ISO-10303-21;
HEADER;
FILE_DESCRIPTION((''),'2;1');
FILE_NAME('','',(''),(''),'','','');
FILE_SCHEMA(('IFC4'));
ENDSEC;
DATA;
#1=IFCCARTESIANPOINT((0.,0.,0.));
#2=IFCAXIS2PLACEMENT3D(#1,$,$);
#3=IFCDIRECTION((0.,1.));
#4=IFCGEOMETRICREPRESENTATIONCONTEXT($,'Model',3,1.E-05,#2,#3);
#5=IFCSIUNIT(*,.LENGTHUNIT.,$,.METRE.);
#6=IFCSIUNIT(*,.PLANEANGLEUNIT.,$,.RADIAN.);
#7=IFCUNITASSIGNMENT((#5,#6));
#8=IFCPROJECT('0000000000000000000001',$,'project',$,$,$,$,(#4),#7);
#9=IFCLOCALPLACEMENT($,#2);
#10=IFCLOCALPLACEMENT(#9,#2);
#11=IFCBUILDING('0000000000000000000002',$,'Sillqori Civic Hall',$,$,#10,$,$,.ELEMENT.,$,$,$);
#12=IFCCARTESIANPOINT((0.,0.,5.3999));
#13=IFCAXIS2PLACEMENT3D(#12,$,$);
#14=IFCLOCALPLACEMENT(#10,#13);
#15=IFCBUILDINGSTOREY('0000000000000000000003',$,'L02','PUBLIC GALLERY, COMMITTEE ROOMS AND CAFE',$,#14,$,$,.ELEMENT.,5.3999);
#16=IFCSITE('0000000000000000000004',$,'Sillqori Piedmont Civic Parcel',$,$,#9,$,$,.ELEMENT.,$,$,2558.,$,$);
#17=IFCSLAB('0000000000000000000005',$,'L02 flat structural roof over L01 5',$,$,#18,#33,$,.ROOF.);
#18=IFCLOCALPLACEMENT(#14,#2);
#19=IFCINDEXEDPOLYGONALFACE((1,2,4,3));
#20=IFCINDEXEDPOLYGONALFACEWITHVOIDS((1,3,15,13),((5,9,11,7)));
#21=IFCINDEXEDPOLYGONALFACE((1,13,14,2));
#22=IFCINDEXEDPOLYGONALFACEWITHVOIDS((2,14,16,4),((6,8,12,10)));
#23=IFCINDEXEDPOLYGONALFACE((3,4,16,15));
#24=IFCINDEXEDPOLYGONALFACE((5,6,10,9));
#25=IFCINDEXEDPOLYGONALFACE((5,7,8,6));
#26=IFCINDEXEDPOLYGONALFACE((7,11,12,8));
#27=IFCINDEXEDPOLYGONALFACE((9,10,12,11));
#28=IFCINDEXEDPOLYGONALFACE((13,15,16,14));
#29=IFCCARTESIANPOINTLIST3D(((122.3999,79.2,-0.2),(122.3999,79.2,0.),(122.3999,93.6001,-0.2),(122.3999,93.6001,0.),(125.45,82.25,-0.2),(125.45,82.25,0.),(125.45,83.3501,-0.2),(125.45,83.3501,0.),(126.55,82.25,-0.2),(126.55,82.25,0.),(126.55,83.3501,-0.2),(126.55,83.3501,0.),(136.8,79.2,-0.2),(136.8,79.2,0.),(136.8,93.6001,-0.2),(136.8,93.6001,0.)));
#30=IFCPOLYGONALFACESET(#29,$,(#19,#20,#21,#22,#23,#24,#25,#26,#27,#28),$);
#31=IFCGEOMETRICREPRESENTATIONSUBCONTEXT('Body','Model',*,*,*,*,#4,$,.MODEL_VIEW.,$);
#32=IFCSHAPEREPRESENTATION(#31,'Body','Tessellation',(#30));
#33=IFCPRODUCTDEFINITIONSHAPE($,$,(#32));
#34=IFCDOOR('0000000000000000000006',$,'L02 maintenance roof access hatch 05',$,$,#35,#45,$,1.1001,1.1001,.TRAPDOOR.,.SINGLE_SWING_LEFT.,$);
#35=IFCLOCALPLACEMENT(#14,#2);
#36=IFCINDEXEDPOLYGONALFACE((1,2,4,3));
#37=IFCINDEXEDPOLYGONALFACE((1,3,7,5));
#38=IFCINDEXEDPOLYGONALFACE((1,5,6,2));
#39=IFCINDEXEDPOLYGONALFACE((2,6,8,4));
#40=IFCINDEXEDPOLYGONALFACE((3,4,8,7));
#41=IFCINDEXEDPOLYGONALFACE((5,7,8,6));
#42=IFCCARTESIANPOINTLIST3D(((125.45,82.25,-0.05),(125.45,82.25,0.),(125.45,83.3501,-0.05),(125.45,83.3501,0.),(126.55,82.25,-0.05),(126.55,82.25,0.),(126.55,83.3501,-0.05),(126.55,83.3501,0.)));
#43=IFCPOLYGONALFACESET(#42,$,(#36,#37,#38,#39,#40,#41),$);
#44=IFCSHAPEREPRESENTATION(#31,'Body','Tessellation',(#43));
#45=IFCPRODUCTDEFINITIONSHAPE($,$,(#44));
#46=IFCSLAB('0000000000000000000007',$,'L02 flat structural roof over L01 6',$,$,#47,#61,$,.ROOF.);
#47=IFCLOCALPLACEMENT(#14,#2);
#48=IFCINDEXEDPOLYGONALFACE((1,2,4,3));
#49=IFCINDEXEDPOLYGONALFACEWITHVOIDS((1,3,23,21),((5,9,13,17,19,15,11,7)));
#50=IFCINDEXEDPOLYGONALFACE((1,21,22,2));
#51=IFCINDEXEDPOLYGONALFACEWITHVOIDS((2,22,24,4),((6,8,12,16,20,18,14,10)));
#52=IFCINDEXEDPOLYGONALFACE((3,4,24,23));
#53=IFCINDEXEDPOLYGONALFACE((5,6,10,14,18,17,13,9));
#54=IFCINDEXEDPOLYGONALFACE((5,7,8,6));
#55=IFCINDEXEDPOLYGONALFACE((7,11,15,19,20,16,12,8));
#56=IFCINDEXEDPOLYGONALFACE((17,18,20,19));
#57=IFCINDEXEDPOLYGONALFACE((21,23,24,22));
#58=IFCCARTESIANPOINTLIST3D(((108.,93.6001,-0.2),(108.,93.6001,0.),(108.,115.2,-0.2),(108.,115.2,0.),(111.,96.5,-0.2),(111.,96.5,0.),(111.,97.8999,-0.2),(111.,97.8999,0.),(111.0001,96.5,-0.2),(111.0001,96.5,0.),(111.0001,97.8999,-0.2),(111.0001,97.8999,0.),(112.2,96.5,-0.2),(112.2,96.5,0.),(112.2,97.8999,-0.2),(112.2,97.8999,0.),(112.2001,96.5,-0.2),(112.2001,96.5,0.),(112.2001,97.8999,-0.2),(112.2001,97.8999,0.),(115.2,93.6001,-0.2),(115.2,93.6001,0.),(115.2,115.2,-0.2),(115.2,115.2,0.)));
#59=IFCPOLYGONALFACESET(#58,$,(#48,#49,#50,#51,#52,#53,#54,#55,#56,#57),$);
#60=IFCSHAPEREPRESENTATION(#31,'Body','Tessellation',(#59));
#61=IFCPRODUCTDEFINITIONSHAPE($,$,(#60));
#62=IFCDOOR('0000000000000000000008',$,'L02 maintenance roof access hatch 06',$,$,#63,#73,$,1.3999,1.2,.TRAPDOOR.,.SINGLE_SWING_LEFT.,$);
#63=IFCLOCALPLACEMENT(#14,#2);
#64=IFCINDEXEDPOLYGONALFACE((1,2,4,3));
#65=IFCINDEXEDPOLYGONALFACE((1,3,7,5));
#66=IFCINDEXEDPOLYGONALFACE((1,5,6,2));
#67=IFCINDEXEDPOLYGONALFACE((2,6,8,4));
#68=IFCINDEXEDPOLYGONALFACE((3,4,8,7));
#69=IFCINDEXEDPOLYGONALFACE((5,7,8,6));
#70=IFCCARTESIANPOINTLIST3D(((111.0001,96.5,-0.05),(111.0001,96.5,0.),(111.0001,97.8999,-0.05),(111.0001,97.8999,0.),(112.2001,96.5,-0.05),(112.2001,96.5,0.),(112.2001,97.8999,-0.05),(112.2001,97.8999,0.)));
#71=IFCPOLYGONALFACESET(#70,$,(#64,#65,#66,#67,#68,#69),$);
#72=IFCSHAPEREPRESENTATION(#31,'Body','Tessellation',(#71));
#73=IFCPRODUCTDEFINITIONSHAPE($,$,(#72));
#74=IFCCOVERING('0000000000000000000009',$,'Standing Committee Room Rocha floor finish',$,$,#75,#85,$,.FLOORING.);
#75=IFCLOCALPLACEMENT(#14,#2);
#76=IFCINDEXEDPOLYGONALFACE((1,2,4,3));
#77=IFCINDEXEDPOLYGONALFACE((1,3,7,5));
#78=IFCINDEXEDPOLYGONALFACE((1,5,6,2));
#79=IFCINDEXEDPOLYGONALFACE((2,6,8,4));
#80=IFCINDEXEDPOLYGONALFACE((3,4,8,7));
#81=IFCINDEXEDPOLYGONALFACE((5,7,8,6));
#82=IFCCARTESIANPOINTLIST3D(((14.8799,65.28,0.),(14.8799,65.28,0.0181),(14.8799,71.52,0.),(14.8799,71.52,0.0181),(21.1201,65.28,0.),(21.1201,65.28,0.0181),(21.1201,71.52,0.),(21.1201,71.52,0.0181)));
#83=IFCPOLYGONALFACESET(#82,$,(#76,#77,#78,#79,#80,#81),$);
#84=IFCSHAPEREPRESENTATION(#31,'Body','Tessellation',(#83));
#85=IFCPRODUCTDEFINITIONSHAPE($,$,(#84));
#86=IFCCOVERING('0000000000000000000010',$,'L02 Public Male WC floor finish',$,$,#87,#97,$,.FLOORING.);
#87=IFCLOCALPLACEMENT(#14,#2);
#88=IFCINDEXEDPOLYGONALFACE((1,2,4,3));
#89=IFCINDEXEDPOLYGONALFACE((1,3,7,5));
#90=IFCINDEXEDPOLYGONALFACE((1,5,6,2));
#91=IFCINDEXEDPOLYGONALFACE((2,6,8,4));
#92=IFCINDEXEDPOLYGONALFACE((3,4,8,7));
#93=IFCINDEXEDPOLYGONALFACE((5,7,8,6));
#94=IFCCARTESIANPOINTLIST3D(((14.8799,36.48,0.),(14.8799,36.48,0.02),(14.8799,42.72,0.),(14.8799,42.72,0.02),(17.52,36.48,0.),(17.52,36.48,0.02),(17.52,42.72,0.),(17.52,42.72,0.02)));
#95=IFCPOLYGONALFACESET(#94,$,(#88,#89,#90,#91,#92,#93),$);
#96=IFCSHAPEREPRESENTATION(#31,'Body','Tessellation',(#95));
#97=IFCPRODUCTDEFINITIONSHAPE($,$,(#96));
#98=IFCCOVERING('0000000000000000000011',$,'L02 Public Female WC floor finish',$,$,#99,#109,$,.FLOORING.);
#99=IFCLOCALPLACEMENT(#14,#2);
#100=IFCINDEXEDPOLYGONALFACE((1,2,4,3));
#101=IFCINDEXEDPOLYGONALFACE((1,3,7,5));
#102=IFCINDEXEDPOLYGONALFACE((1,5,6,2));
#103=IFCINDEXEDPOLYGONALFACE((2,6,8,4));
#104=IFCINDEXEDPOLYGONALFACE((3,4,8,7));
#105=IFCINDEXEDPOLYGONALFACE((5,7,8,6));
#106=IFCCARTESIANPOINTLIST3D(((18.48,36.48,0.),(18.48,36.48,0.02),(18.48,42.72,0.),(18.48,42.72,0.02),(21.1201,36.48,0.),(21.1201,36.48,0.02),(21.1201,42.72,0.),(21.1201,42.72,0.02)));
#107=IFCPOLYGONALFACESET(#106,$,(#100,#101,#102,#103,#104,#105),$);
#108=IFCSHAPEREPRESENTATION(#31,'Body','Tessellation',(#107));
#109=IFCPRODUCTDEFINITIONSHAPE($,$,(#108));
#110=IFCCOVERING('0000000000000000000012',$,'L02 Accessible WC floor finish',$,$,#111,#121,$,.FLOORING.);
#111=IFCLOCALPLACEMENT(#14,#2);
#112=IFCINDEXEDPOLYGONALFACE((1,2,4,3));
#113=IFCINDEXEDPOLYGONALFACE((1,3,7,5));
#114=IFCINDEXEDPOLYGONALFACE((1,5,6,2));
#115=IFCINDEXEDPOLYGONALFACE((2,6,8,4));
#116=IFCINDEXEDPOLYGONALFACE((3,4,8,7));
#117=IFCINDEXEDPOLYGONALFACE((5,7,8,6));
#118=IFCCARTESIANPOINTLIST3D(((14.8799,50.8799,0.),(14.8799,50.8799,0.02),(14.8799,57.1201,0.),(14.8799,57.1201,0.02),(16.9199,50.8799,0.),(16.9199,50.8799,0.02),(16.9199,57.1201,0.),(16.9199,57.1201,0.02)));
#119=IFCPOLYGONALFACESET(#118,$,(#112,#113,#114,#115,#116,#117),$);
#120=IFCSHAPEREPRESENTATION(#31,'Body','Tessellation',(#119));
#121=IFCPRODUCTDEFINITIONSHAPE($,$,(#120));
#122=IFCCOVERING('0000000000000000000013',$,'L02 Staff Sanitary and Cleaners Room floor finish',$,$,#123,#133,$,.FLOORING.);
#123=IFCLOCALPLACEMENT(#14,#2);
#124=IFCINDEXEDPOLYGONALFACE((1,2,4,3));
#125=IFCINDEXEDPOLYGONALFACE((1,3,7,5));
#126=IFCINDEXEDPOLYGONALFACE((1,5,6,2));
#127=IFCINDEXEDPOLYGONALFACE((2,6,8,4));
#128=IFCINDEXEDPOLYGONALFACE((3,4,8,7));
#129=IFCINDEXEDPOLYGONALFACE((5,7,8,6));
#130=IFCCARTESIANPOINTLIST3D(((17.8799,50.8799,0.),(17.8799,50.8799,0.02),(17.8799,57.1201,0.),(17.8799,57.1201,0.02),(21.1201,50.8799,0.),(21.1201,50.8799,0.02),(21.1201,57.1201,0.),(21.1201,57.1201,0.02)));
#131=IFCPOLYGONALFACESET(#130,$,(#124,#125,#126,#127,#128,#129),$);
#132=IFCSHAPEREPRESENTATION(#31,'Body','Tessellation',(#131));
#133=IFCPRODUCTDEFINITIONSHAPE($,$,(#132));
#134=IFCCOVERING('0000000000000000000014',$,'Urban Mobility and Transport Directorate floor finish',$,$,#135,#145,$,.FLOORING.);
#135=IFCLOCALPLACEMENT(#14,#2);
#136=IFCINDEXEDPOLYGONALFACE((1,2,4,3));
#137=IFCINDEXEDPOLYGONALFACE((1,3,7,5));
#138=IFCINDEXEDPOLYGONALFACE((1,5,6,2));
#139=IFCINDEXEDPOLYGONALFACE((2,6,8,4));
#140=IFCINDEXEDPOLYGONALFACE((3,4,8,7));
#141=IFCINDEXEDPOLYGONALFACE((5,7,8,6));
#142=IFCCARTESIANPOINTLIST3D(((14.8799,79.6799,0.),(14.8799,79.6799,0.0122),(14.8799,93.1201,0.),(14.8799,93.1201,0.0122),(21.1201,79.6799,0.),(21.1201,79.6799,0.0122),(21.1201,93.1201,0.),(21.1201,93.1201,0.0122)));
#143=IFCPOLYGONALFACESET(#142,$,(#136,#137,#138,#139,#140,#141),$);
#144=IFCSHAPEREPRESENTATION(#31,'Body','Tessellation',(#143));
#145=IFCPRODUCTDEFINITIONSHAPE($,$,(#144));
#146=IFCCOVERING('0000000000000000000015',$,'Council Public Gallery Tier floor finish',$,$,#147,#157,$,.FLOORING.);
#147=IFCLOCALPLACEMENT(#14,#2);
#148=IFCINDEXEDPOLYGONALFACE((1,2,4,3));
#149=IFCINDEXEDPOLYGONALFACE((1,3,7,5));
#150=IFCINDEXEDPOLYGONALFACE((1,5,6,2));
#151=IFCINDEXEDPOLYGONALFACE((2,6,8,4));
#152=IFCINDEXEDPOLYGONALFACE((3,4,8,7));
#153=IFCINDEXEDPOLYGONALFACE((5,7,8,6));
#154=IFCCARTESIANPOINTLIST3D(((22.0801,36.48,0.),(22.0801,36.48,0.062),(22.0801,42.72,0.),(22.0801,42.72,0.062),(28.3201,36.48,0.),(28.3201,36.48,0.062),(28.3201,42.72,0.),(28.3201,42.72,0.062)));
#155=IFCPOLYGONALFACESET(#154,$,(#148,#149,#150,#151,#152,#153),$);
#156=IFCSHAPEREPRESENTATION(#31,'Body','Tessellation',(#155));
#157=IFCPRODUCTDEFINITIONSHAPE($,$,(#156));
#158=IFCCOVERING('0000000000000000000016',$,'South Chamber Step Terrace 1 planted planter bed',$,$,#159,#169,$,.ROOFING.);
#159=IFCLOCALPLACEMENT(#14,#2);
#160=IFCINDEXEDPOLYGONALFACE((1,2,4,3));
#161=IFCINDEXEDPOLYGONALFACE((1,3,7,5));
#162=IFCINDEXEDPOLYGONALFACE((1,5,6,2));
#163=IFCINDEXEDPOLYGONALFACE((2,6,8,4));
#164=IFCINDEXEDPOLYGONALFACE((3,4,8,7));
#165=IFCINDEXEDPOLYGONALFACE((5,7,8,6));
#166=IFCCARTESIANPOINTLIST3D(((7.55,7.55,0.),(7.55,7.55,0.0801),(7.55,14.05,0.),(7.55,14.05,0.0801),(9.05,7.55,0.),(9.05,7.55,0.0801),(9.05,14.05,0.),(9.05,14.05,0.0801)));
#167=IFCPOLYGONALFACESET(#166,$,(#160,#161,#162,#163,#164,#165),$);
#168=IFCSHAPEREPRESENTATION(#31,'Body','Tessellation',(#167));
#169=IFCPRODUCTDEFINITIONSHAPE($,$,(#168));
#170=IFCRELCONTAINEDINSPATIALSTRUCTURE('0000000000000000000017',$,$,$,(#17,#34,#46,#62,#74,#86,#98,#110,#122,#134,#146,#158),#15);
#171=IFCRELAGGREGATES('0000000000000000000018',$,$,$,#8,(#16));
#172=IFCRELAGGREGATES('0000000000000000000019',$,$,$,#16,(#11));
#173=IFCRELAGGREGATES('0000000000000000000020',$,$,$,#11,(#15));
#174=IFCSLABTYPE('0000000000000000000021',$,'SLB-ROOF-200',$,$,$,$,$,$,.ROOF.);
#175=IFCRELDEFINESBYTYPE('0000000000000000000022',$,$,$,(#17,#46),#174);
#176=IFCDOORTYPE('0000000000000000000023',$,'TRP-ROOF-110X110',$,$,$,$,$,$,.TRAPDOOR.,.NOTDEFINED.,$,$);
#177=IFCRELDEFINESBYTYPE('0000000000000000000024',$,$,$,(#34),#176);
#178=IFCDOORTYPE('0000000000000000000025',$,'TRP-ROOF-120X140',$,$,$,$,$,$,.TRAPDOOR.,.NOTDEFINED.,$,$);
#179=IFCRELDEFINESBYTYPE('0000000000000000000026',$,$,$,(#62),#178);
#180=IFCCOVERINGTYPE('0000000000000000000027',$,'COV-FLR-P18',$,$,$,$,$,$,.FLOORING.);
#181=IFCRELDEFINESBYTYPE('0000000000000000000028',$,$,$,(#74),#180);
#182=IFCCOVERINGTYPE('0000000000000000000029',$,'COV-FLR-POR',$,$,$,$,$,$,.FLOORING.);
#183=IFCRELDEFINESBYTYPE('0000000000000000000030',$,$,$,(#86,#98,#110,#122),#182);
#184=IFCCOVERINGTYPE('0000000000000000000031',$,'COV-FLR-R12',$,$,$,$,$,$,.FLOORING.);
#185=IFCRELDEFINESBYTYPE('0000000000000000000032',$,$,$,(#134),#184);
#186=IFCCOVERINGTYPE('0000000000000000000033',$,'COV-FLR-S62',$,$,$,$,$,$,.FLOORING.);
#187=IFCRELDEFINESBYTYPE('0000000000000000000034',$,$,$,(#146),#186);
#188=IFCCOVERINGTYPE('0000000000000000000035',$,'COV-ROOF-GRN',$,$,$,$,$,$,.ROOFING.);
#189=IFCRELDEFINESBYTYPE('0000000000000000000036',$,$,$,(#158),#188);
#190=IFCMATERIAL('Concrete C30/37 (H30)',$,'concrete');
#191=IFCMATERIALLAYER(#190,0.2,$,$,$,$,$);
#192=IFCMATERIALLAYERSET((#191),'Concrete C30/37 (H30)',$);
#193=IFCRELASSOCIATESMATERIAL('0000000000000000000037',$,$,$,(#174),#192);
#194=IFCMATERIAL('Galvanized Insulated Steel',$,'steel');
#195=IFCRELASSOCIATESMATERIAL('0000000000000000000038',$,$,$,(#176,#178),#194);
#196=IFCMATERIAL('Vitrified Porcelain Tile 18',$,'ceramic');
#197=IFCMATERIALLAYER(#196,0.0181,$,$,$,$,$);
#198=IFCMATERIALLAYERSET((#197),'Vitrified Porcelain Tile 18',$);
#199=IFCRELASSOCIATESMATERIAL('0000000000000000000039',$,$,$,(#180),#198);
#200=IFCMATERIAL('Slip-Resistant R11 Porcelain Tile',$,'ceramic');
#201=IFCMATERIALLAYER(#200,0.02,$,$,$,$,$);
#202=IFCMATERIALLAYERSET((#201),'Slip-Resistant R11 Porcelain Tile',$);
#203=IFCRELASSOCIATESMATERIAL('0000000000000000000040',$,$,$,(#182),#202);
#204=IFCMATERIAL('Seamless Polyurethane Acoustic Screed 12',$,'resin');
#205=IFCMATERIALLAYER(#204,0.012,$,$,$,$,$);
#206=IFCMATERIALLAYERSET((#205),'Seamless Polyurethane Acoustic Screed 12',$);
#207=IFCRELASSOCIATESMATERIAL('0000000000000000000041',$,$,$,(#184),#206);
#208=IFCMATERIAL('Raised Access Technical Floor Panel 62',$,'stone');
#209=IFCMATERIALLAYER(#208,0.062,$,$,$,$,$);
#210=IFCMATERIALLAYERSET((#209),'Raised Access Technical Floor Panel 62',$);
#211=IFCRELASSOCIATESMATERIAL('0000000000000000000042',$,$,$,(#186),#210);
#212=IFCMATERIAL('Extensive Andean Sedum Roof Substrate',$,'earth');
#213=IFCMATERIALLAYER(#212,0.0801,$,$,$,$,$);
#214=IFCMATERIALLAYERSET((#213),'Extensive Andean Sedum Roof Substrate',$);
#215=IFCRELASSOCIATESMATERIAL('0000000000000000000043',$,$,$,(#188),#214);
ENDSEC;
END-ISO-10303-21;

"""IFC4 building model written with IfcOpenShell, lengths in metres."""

from ifc_helpers import new_model, si_unit, direction, frame, origin, origin_2d, place, context, subcontext, project, spatial, polyline, rectangle, outline, extrude, material, layer, layer_set, type_object, element, fill, save


model = new_model("IFC4")

# Units and contexts
model_context = context("Model", 3, precision=1e-05, world=origin(), true_north=direction((0.0, 1.0)))
body_context = subcontext(model_context, "Body", "Model", "MODEL_VIEW")
ifc_project = project(units=[si_unit("LENGTHUNIT", "METRE"), si_unit("PLANEANGLEUNIT", "RADIAN")], contexts=[model_context])

# Site, building, storey
site_placement = place(None, origin())
site = spatial("IfcSite", under=ifc_project, at=site_placement, Name="Sillqori Piedmont Civic Parcel", CompositionType="ELEMENT", RefElevation=2558.0)
building_placement = place(site_placement, origin())
building = spatial("IfcBuilding", under=site, at=building_placement, Name="Sillqori Civic Hall", CompositionType="ELEMENT")
storey_placement = place(building_placement, frame((0.0, 0.0, 5.3999)))
storey = spatial("IfcBuildingStorey", under=building, at=storey_placement, Name="L02", Description="PUBLIC GALLERY, COMMITTEE ROOMS AND CAFE", CompositionType="ELEMENT", Elevation=5.3999)

# Slabs, openings, doors
ifc_material_1 = material(Name="Concrete C30/37 (H30)", Category="concrete")
ifc_layer_1 = layer(ifc_material_1, 0.2)
ifc_layer_set_1 = layer_set([ifc_layer_1], Name="Concrete C30/37 (H30)")
slab_type = type_object("IfcSlabType", Name="SLB-ROOF-200", PredefinedType="ROOF", material=ifc_layer_set_1)
slab_1_placement = place(storey_placement, frame((0.0, 0.0, -0.2)))
slab_1 = element("IfcSlab", 1, at=slab_1_placement, inside=storey, type_object=slab_type, Name="L02 flat structural roof over L01 5", PredefinedType="ROOF", context=body_context, shape_type="SweptSolid", body=[
    extrude(outline(polyline([(129.6001, 93.6001), (136.8, 93.6001), (136.8, 86.3999), (136.8, 79.2), (129.6001, 79.2), (122.3999, 79.2), (122.3999, 86.3999), (122.3999, 93.6001), (129.6001, 93.6001)]), holes=[polyline([(125.45, 82.25), (125.45, 83.3501), (126.55, 83.3501), (126.55, 82.25), (125.45, 82.25)])]), origin(), (0.0, 0.0, 1.0), 0.2),
])
opening_1_placement = place(slab_1_placement, frame((126.0, 82.8, 0.0)))
opening_1 = element("IfcOpeningElement", 2, at=opening_1_placement, cuts=slab_1, PredefinedType="OPENING", context=body_context, shape_type="SweptSolid", body=[
    extrude(rectangle(XDim=1.1001, YDim=1.1001, at=origin_2d()), frame((0.0, 0.0, -0.01)), (0.0, 0.0, 1.0), 0.22),
])
ifc_material_2 = material(Name="Galvanized Insulated Steel", Category="steel")
door_type_1 = type_object("IfcDoorType", Name="TRP-ROOF-110X110", OperationType="NOTDEFINED", PredefinedType="TRAPDOOR", material=ifc_material_2)
door_1_placement = place(opening_1_placement, frame((0.0, 0.0, 0.1499)))
door_1 = element("IfcDoor", 3, at=door_1_placement, inside=storey, type_object=door_type_1, Name="L02 maintenance roof access hatch 05", OperationType="SINGLE_SWING_LEFT", OverallHeight=1.1001, OverallWidth=1.1001, PredefinedType="TRAPDOOR", context=body_context, shape_type="SweptSolid", body=[
    extrude(rectangle(XDim=1.1001, YDim=1.1001, at=origin_2d()), origin(), (0.0, 0.0, 1.0), 0.05),
])
fill(opening_1, door_1)
slab_2_placement = place(storey_placement, frame((0.0, 0.0, -0.2)))
slab_2 = element("IfcSlab", 4, at=slab_2_placement, inside=storey, type_object=slab_type, Name="L02 flat structural roof over L01 6", PredefinedType="ROOF", context=body_context, shape_type="SweptSolid", body=[
    extrude(outline(polyline([(115.2, 115.2), (115.2, 108.0), (115.2, 100.8), (115.2, 93.6001), (108.0, 93.6001), (108.0, 100.8), (108.0, 108.0), (108.0, 115.2), (115.2, 115.2)]), holes=[polyline([(111.0, 96.5), (111.0, 97.8999), (112.2, 97.8999), (112.2, 96.5), (111.0, 96.5)])]), origin(), (0.0, 0.0, 1.0), 0.2),
])
opening_2_placement = place(slab_2_placement, frame((111.6001, 97.2, 0.0)))
opening_2 = element("IfcOpeningElement", 5, at=opening_2_placement, cuts=slab_2, PredefinedType="OPENING", context=body_context, shape_type="SweptSolid", body=[
    extrude(rectangle(XDim=1.2, YDim=1.3999, at=origin_2d()), frame((0.0, 0.0, -0.01)), (0.0, 0.0, 1.0), 0.22),
])
door_type_2 = type_object("IfcDoorType", Name="TRP-ROOF-120X140", OperationType="NOTDEFINED", PredefinedType="TRAPDOOR", material=ifc_material_2)
door_2_placement = place(opening_2_placement, frame((0.0, 0.0, 0.1499)))
door_2 = element("IfcDoor", 6, at=door_2_placement, inside=storey, type_object=door_type_2, Name="L02 maintenance roof access hatch 06", OperationType="SINGLE_SWING_LEFT", OverallHeight=1.3999, OverallWidth=1.2, PredefinedType="TRAPDOOR", context=body_context, shape_type="SweptSolid", body=[
    extrude(rectangle(XDim=1.2, YDim=1.3999, at=origin_2d()), origin(), (0.0, 0.0, 1.0), 0.05),
])
fill(opening_2, door_2)

# Coverings
ifc_material_3 = material(Name="Vitrified Porcelain Tile 18", Category="ceramic")
ifc_layer_2 = layer(ifc_material_3, 0.0181)
ifc_layer_set_2 = layer_set([ifc_layer_2], Name="Vitrified Porcelain Tile 18")
covering_type_1 = type_object("IfcCoveringType", Name="COV-FLR-P18", PredefinedType="FLOORING", material=ifc_layer_set_2)
covering_1_placement = place(storey_placement, origin())
element("IfcCovering", 7, at=covering_1_placement, inside=storey, type_object=covering_type_1, Name="Standing Committee Room Rocha floor finish", PredefinedType="FLOORING", context=body_context, shape_type="SweptSolid", body=[
    extrude(outline(polyline([(14.8799, 65.28), (21.1201, 65.28), (21.1201, 71.52), (14.8799, 71.52), (14.8799, 65.28)])), origin(), (0.0, 0.0, 1.0), 0.0181),
])
ifc_material_4 = material(Name="Slip-Resistant R11 Porcelain Tile", Category="ceramic")
ifc_layer_3 = layer(ifc_material_4, 0.02)
ifc_layer_set_3 = layer_set([ifc_layer_3], Name="Slip-Resistant R11 Porcelain Tile")
covering_type_2 = type_object("IfcCoveringType", Name="COV-FLR-POR", PredefinedType="FLOORING", material=ifc_layer_set_3)
covering_2_placement = place(storey_placement, origin())
element("IfcCovering", 8, at=covering_2_placement, inside=storey, type_object=covering_type_2, Name="L02 Public Male WC floor finish", PredefinedType="FLOORING", context=body_context, shape_type="SweptSolid", body=[
    extrude(outline(polyline([(14.8799, 36.48), (17.52, 36.48), (17.52, 42.72), (14.8799, 42.72), (14.8799, 36.48)])), origin(), (0.0, 0.0, 1.0), 0.02),
])
covering_3_placement = place(storey_placement, origin())
element("IfcCovering", 9, at=covering_3_placement, inside=storey, type_object=covering_type_2, Name="L02 Public Female WC floor finish", PredefinedType="FLOORING", context=body_context, shape_type="SweptSolid", body=[
    extrude(outline(polyline([(18.48, 36.48), (21.1201, 36.48), (21.1201, 42.72), (18.48, 42.72), (18.48, 36.48)])), origin(), (0.0, 0.0, 1.0), 0.02),
])
covering_4_placement = place(storey_placement, origin())
element("IfcCovering", 10, at=covering_4_placement, inside=storey, type_object=covering_type_2, Name="L02 Accessible WC floor finish", PredefinedType="FLOORING", context=body_context, shape_type="SweptSolid", body=[
    extrude(outline(polyline([(14.8799, 50.8799), (16.9199, 50.8799), (16.9199, 57.1201), (14.8799, 57.1201), (14.8799, 50.8799)])), origin(), (0.0, 0.0, 1.0), 0.02),
])
covering_5_placement = place(storey_placement, origin())
element("IfcCovering", 11, at=covering_5_placement, inside=storey, type_object=covering_type_2, Name="L02 Staff Sanitary and Cleaners Room floor finish", PredefinedType="FLOORING", context=body_context, shape_type="SweptSolid", body=[
    extrude(outline(polyline([(17.8799, 50.8799), (21.1201, 50.8799), (21.1201, 57.1201), (17.8799, 57.1201), (17.8799, 50.8799)])), origin(), (0.0, 0.0, 1.0), 0.02),
])
ifc_material_5 = material(Name="Seamless Polyurethane Acoustic Screed 12", Category="resin")
ifc_layer_4 = layer(ifc_material_5, 0.012)
ifc_layer_set_4 = layer_set([ifc_layer_4], Name="Seamless Polyurethane Acoustic Screed 12")
covering_type_3 = type_object("IfcCoveringType", Name="COV-FLR-R12", PredefinedType="FLOORING", material=ifc_layer_set_4)
covering_6_placement = place(storey_placement, origin())
element("IfcCovering", 12, at=covering_6_placement, inside=storey, type_object=covering_type_3, Name="Urban Mobility and Transport Directorate floor finish", PredefinedType="FLOORING", context=body_context, shape_type="SweptSolid", body=[
    extrude(outline(polyline([(14.8799, 79.6799), (21.1201, 79.6799), (21.1201, 93.1201), (14.8799, 93.1201), (14.8799, 79.6799)])), origin(), (0.0, 0.0, 1.0), 0.0122),
])
ifc_material_6 = material(Name="Raised Access Technical Floor Panel 62", Category="stone")
ifc_layer_5 = layer(ifc_material_6, 0.062)
ifc_layer_set_5 = layer_set([ifc_layer_5], Name="Raised Access Technical Floor Panel 62")
covering_type_4 = type_object("IfcCoveringType", Name="COV-FLR-S62", PredefinedType="FLOORING", material=ifc_layer_set_5)
covering_7_placement = place(storey_placement, origin())
element("IfcCovering", 13, at=covering_7_placement, inside=storey, type_object=covering_type_4, Name="Council Public Gallery Tier floor finish", PredefinedType="FLOORING", context=body_context, shape_type="SweptSolid", body=[
    extrude(outline(polyline([(22.0801, 36.48), (28.3201, 36.48), (28.3201, 42.72), (22.0801, 42.72), (22.0801, 36.48)])), origin(), (0.0, 0.0, 1.0), 0.062),
])
ifc_material_7 = material(Name="Extensive Andean Sedum Roof Substrate", Category="earth")
ifc_layer_6 = layer(ifc_material_7, 0.0801)
ifc_layer_set_6 = layer_set([ifc_layer_6], Name="Extensive Andean Sedum Roof Substrate")
covering_type_5 = type_object("IfcCoveringType", Name="COV-ROOF-GRN", PredefinedType="ROOFING", material=ifc_layer_set_6)
covering_8_placement = place(storey_placement, origin())
element("IfcCovering", 14, at=covering_8_placement, inside=storey, type_object=covering_type_5, Name="South Chamber Step Terrace 1 planted planter bed", PredefinedType="ROOFING", context=body_context, shape_type="SweptSolid", body=[
    extrude(outline(polyline([(7.55, 7.55), (9.05, 7.55), (9.05, 14.05), (7.55, 14.05), (7.55, 7.55)])), origin(), (0.0, 0.0, 1.0), 0.0801),
])

save(model, "model.ifc")
